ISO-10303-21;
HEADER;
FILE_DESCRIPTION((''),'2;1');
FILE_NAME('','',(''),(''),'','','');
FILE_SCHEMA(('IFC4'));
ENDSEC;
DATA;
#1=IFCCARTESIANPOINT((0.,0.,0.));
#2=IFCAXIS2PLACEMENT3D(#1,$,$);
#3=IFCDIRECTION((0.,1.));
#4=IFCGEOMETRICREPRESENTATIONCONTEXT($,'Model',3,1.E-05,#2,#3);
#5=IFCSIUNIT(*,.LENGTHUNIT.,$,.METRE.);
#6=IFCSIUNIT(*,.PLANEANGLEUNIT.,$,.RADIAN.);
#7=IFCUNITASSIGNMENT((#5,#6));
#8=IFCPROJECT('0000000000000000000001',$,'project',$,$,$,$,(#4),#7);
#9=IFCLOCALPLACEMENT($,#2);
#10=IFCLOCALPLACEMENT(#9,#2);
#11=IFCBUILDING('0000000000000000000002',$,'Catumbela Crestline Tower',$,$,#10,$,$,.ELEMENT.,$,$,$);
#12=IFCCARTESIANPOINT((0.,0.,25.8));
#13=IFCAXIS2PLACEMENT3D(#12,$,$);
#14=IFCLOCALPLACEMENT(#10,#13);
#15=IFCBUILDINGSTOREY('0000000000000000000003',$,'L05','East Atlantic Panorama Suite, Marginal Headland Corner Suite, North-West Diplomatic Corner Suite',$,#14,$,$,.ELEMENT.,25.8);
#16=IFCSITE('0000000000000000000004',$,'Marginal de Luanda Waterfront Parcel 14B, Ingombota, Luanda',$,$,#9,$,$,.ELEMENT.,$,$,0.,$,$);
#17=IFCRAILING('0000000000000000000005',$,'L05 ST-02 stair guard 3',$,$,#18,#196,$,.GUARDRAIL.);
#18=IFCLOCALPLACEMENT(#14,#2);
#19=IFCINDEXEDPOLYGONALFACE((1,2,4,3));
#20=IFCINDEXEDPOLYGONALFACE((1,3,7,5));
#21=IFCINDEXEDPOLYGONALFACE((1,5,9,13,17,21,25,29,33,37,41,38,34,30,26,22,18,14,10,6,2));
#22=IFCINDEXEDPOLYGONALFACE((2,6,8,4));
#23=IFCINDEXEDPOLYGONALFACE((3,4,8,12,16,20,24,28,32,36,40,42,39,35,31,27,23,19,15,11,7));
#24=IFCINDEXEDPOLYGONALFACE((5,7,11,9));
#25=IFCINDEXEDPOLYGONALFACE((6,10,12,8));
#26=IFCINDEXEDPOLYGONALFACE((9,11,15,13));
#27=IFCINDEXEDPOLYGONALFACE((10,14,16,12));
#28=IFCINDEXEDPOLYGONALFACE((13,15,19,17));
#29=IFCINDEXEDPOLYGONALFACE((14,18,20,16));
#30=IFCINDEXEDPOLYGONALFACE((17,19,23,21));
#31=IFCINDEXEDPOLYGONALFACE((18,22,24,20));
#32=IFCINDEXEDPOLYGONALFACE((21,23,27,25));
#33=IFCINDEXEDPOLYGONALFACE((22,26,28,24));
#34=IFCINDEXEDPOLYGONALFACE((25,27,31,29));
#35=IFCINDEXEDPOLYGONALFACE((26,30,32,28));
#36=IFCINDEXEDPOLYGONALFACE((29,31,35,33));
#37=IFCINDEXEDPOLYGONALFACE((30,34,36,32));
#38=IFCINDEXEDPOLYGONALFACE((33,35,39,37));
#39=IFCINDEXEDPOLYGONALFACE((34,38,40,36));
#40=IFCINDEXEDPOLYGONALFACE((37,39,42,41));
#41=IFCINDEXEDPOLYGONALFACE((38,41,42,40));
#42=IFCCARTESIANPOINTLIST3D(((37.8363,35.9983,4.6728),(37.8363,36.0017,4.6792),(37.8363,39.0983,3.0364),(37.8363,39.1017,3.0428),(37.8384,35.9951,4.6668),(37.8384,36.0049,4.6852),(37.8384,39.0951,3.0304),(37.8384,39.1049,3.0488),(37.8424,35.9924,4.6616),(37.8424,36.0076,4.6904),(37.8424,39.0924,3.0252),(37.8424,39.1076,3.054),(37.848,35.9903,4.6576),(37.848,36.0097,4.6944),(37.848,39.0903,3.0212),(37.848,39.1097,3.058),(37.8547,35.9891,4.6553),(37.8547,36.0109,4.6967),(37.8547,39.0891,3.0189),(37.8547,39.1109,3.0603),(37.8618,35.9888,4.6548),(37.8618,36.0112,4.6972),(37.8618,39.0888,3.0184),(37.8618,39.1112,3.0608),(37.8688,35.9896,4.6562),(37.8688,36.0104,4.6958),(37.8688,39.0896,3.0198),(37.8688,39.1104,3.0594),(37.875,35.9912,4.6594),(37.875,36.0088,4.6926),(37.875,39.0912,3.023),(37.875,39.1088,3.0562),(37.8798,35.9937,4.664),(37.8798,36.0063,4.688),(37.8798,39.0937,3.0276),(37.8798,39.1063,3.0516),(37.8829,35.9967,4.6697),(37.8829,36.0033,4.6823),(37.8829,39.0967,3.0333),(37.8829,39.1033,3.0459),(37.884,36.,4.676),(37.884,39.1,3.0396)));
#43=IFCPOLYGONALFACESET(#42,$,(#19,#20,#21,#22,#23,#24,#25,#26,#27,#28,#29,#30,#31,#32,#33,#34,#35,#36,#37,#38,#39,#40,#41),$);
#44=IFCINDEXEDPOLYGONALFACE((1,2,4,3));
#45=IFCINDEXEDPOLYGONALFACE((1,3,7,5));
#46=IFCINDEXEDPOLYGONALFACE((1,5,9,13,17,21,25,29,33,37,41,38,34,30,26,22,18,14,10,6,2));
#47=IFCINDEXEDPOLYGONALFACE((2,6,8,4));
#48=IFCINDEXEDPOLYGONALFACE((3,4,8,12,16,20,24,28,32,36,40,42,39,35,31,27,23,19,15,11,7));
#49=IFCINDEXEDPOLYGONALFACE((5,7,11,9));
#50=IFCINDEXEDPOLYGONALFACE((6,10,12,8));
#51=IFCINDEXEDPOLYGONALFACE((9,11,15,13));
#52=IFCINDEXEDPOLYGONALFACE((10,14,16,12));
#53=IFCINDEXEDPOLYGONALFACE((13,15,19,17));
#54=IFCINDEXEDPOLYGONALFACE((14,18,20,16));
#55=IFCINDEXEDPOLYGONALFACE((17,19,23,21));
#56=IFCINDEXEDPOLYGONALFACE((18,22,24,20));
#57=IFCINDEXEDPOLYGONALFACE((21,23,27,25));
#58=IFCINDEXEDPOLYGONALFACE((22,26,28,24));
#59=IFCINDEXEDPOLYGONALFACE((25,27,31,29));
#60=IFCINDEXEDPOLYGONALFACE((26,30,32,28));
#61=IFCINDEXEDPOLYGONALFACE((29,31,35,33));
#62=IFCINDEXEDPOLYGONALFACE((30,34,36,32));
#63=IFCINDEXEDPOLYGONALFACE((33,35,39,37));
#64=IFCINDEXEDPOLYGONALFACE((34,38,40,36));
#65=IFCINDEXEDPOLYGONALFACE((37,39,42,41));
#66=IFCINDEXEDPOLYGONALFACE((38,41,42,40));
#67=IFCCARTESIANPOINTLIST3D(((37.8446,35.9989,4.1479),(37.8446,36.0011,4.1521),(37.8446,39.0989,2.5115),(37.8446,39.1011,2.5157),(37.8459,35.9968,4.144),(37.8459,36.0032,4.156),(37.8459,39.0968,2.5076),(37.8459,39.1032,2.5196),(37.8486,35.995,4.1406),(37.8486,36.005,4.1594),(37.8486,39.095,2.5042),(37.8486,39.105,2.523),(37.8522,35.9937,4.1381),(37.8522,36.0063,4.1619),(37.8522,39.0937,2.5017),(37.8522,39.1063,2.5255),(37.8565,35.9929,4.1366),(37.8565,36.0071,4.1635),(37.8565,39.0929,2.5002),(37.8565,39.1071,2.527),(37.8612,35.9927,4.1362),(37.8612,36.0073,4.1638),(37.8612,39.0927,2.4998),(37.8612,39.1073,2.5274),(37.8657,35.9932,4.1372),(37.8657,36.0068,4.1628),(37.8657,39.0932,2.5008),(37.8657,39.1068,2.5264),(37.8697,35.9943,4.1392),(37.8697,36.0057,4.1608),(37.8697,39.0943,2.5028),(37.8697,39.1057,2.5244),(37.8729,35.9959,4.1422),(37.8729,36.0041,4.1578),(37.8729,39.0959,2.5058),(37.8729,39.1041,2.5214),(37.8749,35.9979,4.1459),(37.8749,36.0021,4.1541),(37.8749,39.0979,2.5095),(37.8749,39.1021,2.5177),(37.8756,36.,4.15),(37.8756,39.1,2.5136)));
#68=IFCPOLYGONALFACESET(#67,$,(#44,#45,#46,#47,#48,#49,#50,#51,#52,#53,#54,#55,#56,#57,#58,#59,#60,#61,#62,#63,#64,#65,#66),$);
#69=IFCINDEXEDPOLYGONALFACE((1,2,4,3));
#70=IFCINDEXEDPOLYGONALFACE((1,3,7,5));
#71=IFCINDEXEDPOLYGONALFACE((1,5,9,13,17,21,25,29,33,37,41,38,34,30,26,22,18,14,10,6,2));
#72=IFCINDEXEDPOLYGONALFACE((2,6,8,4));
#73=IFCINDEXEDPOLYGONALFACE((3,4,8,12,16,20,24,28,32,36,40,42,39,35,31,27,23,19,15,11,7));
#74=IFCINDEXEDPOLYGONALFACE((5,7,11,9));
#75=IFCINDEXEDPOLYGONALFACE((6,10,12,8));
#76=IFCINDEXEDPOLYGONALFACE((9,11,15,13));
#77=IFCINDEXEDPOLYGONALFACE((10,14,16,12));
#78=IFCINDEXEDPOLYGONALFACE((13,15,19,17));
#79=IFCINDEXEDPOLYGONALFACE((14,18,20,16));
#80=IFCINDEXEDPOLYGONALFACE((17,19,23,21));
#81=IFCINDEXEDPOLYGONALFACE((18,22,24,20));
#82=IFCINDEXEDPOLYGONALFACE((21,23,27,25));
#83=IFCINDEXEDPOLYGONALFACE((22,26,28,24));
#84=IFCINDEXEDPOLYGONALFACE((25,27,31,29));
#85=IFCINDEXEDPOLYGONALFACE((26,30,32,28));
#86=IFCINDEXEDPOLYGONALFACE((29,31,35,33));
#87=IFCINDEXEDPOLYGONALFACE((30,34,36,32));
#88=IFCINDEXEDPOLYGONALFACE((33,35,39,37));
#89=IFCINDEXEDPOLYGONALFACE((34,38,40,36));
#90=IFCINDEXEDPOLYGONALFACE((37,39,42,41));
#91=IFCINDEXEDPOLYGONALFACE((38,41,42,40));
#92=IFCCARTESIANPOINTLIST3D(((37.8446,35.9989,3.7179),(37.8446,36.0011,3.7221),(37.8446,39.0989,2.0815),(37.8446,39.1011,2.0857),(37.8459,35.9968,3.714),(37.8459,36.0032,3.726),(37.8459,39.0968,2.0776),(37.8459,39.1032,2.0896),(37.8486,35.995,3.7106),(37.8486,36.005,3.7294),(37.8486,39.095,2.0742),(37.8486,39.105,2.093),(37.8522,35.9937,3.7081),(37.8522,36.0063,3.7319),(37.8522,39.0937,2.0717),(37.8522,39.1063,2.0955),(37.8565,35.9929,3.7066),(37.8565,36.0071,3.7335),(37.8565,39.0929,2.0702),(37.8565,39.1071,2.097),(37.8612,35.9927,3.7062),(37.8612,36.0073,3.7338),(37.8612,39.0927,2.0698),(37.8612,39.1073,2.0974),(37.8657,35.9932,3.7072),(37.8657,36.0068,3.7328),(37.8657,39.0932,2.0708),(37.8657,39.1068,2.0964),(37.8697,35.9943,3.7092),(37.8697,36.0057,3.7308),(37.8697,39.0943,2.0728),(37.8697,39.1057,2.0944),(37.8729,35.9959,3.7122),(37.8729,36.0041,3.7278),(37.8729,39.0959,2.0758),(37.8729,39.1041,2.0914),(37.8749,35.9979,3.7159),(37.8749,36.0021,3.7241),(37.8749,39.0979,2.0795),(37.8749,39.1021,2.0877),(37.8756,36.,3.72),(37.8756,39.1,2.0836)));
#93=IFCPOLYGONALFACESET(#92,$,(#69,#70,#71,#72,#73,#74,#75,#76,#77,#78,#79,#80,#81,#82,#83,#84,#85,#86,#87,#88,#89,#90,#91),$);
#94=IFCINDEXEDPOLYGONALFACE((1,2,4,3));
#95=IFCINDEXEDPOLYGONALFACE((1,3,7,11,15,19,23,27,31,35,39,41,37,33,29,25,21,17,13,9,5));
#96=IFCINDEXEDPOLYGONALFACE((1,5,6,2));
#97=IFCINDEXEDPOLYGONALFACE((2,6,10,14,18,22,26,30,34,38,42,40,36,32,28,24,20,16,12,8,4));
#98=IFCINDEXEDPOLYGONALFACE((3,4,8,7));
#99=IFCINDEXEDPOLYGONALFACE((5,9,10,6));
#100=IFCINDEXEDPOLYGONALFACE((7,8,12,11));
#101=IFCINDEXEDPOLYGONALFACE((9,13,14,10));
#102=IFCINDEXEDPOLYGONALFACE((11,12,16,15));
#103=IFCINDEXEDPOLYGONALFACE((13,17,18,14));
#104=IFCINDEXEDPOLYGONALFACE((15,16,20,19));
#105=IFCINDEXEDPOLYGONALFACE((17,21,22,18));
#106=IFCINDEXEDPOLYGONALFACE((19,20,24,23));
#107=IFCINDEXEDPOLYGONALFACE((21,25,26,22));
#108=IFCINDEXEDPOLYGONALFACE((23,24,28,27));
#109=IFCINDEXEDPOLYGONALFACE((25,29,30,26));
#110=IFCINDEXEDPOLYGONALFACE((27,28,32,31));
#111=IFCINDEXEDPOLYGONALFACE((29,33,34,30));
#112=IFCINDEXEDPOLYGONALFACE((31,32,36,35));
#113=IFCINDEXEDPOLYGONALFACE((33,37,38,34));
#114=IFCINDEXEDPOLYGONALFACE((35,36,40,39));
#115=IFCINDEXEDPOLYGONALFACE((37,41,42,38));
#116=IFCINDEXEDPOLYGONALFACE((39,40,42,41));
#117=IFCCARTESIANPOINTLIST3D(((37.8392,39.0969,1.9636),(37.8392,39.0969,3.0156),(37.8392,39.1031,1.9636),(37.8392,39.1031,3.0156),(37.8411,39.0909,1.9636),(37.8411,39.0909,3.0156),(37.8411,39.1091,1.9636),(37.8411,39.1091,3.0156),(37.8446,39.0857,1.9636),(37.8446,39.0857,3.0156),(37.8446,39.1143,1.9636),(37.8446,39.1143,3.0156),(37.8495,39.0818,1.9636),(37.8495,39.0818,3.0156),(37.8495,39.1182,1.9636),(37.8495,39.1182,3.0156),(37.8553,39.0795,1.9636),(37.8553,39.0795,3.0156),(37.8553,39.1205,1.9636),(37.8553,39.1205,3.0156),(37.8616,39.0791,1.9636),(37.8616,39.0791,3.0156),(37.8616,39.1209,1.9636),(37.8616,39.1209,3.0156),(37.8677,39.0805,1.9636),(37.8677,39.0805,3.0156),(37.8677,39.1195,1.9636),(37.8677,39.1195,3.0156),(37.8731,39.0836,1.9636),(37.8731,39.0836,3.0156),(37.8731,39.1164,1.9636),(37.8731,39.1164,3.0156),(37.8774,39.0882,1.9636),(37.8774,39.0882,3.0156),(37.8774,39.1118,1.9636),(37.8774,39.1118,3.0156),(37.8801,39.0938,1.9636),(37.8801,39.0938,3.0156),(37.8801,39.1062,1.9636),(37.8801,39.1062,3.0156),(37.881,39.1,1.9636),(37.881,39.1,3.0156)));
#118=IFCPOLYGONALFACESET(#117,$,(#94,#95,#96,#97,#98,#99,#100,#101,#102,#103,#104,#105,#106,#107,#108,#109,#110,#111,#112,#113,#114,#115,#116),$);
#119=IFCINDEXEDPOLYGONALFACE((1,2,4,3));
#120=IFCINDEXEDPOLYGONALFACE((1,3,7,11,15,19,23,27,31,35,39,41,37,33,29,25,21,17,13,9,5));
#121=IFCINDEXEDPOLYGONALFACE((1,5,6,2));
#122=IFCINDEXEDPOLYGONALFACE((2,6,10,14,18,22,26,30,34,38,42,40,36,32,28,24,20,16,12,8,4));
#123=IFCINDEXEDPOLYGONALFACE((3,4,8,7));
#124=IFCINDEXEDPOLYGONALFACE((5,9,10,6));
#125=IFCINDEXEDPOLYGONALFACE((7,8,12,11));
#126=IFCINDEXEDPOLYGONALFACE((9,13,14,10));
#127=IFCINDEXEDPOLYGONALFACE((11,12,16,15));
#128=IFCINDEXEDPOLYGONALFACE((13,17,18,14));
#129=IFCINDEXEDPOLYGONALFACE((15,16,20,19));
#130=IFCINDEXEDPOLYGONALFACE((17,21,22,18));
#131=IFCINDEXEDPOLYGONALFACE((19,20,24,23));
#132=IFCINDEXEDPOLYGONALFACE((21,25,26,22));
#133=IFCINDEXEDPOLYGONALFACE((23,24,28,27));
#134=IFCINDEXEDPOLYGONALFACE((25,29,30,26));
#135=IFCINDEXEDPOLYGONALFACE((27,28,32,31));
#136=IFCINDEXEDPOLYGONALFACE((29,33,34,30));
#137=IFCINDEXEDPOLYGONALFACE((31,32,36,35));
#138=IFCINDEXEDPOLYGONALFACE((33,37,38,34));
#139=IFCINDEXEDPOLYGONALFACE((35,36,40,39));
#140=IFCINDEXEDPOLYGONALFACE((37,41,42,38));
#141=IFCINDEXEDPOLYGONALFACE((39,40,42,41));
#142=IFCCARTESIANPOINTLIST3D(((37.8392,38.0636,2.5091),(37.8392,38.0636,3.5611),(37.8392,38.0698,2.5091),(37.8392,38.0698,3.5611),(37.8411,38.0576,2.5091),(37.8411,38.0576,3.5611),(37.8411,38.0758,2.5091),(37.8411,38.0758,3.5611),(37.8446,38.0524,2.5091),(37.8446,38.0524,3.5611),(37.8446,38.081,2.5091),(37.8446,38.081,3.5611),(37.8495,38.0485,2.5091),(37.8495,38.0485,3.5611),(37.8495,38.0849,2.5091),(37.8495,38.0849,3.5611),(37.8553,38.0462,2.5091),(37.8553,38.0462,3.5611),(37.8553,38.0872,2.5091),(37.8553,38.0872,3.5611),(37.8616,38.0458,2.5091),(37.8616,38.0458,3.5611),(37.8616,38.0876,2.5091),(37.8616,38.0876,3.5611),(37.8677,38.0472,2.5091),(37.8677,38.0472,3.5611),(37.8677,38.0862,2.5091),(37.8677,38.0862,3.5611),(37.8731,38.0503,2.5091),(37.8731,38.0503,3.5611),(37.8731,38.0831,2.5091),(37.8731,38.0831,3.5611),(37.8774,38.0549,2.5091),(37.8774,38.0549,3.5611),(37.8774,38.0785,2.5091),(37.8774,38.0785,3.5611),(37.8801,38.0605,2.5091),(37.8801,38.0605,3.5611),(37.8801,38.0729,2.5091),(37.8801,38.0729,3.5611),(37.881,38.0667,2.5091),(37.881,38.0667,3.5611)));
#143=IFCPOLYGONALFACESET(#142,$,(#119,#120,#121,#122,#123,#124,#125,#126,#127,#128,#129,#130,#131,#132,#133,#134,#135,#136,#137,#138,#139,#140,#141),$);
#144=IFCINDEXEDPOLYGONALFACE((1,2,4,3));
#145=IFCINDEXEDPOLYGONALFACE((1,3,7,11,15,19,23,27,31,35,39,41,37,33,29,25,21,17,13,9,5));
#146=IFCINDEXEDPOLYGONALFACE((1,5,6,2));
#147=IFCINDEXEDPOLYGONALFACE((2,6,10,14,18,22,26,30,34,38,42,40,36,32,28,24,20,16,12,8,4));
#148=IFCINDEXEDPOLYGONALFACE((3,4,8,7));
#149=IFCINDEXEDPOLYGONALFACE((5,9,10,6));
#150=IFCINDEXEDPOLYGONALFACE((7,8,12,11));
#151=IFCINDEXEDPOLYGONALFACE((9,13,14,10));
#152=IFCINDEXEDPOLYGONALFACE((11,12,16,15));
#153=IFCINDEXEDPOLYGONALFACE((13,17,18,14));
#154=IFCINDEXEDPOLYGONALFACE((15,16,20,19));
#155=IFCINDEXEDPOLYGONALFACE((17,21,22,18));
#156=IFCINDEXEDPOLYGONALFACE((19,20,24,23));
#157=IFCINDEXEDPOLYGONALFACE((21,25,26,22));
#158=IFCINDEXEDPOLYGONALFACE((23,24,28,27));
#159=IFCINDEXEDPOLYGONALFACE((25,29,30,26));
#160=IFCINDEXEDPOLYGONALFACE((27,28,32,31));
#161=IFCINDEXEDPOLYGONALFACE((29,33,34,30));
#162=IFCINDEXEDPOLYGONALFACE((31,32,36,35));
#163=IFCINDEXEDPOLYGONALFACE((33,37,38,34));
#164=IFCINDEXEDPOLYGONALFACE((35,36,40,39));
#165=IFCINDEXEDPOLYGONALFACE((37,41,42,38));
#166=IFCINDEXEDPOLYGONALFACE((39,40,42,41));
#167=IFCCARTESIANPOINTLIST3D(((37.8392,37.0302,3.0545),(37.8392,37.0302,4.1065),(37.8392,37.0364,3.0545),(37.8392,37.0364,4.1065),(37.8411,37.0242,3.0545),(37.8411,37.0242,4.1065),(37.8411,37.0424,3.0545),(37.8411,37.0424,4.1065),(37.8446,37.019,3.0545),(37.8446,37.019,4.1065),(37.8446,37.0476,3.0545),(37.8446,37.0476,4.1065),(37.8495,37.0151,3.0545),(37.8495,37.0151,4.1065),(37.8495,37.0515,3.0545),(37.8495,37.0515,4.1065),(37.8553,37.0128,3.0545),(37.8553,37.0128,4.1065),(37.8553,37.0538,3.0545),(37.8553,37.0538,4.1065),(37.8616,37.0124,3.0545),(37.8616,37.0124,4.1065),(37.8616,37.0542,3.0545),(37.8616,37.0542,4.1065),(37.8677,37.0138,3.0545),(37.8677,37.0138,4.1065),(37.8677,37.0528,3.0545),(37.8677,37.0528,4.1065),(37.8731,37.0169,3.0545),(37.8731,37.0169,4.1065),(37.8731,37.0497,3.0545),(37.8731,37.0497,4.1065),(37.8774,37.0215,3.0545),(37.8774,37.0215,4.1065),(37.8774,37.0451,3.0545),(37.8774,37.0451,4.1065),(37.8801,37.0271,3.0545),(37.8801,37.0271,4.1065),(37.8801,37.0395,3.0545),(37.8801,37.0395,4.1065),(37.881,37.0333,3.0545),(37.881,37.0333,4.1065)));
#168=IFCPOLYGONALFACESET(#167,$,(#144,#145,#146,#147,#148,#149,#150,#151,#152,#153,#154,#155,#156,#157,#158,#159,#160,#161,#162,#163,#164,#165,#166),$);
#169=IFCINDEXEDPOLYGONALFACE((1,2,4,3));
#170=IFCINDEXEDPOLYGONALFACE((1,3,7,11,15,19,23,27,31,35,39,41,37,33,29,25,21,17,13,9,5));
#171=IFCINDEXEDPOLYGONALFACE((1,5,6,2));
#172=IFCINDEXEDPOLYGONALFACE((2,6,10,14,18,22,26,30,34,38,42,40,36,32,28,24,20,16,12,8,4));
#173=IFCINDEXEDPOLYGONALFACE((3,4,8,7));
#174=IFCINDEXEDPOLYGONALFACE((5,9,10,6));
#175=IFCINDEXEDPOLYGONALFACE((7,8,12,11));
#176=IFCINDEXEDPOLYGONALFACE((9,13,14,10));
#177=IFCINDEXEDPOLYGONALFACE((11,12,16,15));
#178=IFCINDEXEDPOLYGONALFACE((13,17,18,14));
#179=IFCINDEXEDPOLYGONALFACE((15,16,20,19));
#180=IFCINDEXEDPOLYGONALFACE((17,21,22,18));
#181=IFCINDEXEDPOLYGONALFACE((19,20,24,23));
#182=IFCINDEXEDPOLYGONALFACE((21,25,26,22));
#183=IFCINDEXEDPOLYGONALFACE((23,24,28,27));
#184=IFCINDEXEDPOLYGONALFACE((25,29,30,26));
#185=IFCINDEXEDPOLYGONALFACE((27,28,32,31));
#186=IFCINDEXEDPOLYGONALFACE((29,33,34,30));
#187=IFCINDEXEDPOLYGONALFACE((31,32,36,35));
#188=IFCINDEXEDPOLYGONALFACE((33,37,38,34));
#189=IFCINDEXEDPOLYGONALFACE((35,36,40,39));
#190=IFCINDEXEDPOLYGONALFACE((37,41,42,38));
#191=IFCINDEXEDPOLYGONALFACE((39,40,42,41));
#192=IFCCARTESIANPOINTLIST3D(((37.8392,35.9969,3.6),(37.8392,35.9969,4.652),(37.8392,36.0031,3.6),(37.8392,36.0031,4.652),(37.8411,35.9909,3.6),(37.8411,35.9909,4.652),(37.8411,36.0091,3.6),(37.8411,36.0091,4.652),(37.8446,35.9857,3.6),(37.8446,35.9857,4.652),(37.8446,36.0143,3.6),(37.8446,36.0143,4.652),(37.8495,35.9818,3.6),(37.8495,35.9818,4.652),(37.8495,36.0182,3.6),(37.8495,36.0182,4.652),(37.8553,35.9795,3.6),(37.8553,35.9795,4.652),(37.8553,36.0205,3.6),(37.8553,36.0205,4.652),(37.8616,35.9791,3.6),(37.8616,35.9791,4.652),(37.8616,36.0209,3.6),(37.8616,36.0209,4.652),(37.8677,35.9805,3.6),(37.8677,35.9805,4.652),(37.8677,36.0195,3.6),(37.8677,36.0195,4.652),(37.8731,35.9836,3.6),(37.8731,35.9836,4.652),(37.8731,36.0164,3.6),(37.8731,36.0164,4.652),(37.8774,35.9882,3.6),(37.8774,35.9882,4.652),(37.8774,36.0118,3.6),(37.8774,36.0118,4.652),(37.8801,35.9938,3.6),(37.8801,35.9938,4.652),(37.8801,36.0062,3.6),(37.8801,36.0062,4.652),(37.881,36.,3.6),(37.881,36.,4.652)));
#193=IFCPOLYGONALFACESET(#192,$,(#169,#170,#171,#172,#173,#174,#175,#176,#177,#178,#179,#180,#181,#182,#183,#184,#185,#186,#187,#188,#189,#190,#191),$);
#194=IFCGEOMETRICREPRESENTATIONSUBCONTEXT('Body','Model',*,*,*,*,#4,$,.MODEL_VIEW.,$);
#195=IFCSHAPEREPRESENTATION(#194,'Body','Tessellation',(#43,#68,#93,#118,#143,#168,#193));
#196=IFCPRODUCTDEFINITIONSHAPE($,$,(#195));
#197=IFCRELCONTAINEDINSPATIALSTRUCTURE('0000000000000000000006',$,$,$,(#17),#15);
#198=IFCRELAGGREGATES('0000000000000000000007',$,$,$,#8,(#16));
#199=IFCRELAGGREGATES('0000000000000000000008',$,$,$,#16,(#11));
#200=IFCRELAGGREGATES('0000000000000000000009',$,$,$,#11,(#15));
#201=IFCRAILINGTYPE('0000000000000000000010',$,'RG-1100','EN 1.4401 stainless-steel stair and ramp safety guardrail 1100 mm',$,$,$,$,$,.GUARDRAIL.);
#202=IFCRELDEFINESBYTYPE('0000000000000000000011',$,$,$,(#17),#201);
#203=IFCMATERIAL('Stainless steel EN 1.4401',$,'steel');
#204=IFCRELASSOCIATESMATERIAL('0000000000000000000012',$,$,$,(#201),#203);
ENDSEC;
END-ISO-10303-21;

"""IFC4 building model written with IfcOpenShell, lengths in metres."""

from ifc_helpers import new_model, si_unit, direction, frame, origin, origin_2d, place, context, subcontext, project, spatial, circle, extrude, material, type_object, element, save


model = new_model("IFC4")

# Units and contexts
model_context = context("Model", 3, precision=1e-05, world=origin(), true_north=direction((0.0, 1.0)))
body_context = subcontext(model_context, "Body", "Model", "MODEL_VIEW")
ifc_project = project(units=[si_unit("LENGTHUNIT", "METRE"), si_unit("PLANEANGLEUNIT", "RADIAN")], contexts=[model_context])

# Site, building, storey
site_placement = place(None, origin())
site = spatial("IfcSite", under=ifc_project, at=site_placement, Name="Marginal de Luanda Waterfront Parcel 14B, Ingombota, Luanda", CompositionType="ELEMENT", RefElevation=0.0)
building_placement = place(site_placement, origin())
building = spatial("IfcBuilding", under=site, at=building_placement, Name="Catumbela Crestline Tower", CompositionType="ELEMENT")
storey_placement = place(building_placement, frame((0.0, 0.0, 25.8)))
storey = spatial("IfcBuildingStorey", under=building, at=storey_placement, Name="L05", Description="East Atlantic Panorama Suite, Marginal Headland Corner Suite, North-West Diplomatic Corner Suite", CompositionType="ELEMENT", Elevation=25.8)

# Shared definitions
ifc_material_1 = material(Name="Stainless steel EN 1.4401", Category="steel")

# Railing
railing_type_1 = type_object("IfcRailingType", Name="RG-1100", Description="EN 1.4401 stainless-steel stair and ramp safety guardrail 1100 mm", PredefinedType="GUARDRAIL", material=ifc_material_1)
railing_1_placement = place(storey_placement, frame((37.86, 39.1, 1.9636)))
element("IfcRailing", 1, at=railing_1_placement, inside=storey, type_object=railing_type_1, Name="L05 ST-02 stair guard 3", PredefinedType="GUARDRAIL", context=body_context, shape_type="SweptSolid", body=[
    extrude(circle(Radius=0.024, at=origin_2d()), frame((0.0, 0.0, 1.076), z_axis=(0.0, -0.884351, 0.466823), x_axis=(1.0, 0.0, 0.0)), (0.0, 0.0, 1.0), 3.5054),
    extrude(circle(Radius=0.0156, at=origin_2d()), frame((0.0, 0.0, 0.55), z_axis=(0.0, -0.884351, 0.466823), x_axis=(1.0, 0.0, 0.0)), (0.0, 0.0, 1.0), 3.5054),
    extrude(circle(Radius=0.0156, at=origin_2d()), frame((0.0, 0.0, 0.12), z_axis=(0.0, -0.884351, 0.466823), x_axis=(1.0, 0.0, 0.0)), (0.0, 0.0, 1.0), 3.5054),
    extrude(circle(Radius=0.021, at=origin_2d()), origin(), (0.0, 0.0, 1.0), 1.052),
    extrude(circle(Radius=0.021, at=origin_2d()), frame((0.0, -1.0333, 0.5455)), (0.0, 0.0, 1.0), 1.052),
    extrude(circle(Radius=0.021, at=origin_2d()), frame((0.0, -2.0667, 1.0909)), (0.0, 0.0, 1.0), 1.052),
    extrude(circle(Radius=0.021, at=origin_2d()), frame((0.0, -3.1, 1.6364)), (0.0, 0.0, 1.0), 1.052),
])

save(model, "model.ifc")
